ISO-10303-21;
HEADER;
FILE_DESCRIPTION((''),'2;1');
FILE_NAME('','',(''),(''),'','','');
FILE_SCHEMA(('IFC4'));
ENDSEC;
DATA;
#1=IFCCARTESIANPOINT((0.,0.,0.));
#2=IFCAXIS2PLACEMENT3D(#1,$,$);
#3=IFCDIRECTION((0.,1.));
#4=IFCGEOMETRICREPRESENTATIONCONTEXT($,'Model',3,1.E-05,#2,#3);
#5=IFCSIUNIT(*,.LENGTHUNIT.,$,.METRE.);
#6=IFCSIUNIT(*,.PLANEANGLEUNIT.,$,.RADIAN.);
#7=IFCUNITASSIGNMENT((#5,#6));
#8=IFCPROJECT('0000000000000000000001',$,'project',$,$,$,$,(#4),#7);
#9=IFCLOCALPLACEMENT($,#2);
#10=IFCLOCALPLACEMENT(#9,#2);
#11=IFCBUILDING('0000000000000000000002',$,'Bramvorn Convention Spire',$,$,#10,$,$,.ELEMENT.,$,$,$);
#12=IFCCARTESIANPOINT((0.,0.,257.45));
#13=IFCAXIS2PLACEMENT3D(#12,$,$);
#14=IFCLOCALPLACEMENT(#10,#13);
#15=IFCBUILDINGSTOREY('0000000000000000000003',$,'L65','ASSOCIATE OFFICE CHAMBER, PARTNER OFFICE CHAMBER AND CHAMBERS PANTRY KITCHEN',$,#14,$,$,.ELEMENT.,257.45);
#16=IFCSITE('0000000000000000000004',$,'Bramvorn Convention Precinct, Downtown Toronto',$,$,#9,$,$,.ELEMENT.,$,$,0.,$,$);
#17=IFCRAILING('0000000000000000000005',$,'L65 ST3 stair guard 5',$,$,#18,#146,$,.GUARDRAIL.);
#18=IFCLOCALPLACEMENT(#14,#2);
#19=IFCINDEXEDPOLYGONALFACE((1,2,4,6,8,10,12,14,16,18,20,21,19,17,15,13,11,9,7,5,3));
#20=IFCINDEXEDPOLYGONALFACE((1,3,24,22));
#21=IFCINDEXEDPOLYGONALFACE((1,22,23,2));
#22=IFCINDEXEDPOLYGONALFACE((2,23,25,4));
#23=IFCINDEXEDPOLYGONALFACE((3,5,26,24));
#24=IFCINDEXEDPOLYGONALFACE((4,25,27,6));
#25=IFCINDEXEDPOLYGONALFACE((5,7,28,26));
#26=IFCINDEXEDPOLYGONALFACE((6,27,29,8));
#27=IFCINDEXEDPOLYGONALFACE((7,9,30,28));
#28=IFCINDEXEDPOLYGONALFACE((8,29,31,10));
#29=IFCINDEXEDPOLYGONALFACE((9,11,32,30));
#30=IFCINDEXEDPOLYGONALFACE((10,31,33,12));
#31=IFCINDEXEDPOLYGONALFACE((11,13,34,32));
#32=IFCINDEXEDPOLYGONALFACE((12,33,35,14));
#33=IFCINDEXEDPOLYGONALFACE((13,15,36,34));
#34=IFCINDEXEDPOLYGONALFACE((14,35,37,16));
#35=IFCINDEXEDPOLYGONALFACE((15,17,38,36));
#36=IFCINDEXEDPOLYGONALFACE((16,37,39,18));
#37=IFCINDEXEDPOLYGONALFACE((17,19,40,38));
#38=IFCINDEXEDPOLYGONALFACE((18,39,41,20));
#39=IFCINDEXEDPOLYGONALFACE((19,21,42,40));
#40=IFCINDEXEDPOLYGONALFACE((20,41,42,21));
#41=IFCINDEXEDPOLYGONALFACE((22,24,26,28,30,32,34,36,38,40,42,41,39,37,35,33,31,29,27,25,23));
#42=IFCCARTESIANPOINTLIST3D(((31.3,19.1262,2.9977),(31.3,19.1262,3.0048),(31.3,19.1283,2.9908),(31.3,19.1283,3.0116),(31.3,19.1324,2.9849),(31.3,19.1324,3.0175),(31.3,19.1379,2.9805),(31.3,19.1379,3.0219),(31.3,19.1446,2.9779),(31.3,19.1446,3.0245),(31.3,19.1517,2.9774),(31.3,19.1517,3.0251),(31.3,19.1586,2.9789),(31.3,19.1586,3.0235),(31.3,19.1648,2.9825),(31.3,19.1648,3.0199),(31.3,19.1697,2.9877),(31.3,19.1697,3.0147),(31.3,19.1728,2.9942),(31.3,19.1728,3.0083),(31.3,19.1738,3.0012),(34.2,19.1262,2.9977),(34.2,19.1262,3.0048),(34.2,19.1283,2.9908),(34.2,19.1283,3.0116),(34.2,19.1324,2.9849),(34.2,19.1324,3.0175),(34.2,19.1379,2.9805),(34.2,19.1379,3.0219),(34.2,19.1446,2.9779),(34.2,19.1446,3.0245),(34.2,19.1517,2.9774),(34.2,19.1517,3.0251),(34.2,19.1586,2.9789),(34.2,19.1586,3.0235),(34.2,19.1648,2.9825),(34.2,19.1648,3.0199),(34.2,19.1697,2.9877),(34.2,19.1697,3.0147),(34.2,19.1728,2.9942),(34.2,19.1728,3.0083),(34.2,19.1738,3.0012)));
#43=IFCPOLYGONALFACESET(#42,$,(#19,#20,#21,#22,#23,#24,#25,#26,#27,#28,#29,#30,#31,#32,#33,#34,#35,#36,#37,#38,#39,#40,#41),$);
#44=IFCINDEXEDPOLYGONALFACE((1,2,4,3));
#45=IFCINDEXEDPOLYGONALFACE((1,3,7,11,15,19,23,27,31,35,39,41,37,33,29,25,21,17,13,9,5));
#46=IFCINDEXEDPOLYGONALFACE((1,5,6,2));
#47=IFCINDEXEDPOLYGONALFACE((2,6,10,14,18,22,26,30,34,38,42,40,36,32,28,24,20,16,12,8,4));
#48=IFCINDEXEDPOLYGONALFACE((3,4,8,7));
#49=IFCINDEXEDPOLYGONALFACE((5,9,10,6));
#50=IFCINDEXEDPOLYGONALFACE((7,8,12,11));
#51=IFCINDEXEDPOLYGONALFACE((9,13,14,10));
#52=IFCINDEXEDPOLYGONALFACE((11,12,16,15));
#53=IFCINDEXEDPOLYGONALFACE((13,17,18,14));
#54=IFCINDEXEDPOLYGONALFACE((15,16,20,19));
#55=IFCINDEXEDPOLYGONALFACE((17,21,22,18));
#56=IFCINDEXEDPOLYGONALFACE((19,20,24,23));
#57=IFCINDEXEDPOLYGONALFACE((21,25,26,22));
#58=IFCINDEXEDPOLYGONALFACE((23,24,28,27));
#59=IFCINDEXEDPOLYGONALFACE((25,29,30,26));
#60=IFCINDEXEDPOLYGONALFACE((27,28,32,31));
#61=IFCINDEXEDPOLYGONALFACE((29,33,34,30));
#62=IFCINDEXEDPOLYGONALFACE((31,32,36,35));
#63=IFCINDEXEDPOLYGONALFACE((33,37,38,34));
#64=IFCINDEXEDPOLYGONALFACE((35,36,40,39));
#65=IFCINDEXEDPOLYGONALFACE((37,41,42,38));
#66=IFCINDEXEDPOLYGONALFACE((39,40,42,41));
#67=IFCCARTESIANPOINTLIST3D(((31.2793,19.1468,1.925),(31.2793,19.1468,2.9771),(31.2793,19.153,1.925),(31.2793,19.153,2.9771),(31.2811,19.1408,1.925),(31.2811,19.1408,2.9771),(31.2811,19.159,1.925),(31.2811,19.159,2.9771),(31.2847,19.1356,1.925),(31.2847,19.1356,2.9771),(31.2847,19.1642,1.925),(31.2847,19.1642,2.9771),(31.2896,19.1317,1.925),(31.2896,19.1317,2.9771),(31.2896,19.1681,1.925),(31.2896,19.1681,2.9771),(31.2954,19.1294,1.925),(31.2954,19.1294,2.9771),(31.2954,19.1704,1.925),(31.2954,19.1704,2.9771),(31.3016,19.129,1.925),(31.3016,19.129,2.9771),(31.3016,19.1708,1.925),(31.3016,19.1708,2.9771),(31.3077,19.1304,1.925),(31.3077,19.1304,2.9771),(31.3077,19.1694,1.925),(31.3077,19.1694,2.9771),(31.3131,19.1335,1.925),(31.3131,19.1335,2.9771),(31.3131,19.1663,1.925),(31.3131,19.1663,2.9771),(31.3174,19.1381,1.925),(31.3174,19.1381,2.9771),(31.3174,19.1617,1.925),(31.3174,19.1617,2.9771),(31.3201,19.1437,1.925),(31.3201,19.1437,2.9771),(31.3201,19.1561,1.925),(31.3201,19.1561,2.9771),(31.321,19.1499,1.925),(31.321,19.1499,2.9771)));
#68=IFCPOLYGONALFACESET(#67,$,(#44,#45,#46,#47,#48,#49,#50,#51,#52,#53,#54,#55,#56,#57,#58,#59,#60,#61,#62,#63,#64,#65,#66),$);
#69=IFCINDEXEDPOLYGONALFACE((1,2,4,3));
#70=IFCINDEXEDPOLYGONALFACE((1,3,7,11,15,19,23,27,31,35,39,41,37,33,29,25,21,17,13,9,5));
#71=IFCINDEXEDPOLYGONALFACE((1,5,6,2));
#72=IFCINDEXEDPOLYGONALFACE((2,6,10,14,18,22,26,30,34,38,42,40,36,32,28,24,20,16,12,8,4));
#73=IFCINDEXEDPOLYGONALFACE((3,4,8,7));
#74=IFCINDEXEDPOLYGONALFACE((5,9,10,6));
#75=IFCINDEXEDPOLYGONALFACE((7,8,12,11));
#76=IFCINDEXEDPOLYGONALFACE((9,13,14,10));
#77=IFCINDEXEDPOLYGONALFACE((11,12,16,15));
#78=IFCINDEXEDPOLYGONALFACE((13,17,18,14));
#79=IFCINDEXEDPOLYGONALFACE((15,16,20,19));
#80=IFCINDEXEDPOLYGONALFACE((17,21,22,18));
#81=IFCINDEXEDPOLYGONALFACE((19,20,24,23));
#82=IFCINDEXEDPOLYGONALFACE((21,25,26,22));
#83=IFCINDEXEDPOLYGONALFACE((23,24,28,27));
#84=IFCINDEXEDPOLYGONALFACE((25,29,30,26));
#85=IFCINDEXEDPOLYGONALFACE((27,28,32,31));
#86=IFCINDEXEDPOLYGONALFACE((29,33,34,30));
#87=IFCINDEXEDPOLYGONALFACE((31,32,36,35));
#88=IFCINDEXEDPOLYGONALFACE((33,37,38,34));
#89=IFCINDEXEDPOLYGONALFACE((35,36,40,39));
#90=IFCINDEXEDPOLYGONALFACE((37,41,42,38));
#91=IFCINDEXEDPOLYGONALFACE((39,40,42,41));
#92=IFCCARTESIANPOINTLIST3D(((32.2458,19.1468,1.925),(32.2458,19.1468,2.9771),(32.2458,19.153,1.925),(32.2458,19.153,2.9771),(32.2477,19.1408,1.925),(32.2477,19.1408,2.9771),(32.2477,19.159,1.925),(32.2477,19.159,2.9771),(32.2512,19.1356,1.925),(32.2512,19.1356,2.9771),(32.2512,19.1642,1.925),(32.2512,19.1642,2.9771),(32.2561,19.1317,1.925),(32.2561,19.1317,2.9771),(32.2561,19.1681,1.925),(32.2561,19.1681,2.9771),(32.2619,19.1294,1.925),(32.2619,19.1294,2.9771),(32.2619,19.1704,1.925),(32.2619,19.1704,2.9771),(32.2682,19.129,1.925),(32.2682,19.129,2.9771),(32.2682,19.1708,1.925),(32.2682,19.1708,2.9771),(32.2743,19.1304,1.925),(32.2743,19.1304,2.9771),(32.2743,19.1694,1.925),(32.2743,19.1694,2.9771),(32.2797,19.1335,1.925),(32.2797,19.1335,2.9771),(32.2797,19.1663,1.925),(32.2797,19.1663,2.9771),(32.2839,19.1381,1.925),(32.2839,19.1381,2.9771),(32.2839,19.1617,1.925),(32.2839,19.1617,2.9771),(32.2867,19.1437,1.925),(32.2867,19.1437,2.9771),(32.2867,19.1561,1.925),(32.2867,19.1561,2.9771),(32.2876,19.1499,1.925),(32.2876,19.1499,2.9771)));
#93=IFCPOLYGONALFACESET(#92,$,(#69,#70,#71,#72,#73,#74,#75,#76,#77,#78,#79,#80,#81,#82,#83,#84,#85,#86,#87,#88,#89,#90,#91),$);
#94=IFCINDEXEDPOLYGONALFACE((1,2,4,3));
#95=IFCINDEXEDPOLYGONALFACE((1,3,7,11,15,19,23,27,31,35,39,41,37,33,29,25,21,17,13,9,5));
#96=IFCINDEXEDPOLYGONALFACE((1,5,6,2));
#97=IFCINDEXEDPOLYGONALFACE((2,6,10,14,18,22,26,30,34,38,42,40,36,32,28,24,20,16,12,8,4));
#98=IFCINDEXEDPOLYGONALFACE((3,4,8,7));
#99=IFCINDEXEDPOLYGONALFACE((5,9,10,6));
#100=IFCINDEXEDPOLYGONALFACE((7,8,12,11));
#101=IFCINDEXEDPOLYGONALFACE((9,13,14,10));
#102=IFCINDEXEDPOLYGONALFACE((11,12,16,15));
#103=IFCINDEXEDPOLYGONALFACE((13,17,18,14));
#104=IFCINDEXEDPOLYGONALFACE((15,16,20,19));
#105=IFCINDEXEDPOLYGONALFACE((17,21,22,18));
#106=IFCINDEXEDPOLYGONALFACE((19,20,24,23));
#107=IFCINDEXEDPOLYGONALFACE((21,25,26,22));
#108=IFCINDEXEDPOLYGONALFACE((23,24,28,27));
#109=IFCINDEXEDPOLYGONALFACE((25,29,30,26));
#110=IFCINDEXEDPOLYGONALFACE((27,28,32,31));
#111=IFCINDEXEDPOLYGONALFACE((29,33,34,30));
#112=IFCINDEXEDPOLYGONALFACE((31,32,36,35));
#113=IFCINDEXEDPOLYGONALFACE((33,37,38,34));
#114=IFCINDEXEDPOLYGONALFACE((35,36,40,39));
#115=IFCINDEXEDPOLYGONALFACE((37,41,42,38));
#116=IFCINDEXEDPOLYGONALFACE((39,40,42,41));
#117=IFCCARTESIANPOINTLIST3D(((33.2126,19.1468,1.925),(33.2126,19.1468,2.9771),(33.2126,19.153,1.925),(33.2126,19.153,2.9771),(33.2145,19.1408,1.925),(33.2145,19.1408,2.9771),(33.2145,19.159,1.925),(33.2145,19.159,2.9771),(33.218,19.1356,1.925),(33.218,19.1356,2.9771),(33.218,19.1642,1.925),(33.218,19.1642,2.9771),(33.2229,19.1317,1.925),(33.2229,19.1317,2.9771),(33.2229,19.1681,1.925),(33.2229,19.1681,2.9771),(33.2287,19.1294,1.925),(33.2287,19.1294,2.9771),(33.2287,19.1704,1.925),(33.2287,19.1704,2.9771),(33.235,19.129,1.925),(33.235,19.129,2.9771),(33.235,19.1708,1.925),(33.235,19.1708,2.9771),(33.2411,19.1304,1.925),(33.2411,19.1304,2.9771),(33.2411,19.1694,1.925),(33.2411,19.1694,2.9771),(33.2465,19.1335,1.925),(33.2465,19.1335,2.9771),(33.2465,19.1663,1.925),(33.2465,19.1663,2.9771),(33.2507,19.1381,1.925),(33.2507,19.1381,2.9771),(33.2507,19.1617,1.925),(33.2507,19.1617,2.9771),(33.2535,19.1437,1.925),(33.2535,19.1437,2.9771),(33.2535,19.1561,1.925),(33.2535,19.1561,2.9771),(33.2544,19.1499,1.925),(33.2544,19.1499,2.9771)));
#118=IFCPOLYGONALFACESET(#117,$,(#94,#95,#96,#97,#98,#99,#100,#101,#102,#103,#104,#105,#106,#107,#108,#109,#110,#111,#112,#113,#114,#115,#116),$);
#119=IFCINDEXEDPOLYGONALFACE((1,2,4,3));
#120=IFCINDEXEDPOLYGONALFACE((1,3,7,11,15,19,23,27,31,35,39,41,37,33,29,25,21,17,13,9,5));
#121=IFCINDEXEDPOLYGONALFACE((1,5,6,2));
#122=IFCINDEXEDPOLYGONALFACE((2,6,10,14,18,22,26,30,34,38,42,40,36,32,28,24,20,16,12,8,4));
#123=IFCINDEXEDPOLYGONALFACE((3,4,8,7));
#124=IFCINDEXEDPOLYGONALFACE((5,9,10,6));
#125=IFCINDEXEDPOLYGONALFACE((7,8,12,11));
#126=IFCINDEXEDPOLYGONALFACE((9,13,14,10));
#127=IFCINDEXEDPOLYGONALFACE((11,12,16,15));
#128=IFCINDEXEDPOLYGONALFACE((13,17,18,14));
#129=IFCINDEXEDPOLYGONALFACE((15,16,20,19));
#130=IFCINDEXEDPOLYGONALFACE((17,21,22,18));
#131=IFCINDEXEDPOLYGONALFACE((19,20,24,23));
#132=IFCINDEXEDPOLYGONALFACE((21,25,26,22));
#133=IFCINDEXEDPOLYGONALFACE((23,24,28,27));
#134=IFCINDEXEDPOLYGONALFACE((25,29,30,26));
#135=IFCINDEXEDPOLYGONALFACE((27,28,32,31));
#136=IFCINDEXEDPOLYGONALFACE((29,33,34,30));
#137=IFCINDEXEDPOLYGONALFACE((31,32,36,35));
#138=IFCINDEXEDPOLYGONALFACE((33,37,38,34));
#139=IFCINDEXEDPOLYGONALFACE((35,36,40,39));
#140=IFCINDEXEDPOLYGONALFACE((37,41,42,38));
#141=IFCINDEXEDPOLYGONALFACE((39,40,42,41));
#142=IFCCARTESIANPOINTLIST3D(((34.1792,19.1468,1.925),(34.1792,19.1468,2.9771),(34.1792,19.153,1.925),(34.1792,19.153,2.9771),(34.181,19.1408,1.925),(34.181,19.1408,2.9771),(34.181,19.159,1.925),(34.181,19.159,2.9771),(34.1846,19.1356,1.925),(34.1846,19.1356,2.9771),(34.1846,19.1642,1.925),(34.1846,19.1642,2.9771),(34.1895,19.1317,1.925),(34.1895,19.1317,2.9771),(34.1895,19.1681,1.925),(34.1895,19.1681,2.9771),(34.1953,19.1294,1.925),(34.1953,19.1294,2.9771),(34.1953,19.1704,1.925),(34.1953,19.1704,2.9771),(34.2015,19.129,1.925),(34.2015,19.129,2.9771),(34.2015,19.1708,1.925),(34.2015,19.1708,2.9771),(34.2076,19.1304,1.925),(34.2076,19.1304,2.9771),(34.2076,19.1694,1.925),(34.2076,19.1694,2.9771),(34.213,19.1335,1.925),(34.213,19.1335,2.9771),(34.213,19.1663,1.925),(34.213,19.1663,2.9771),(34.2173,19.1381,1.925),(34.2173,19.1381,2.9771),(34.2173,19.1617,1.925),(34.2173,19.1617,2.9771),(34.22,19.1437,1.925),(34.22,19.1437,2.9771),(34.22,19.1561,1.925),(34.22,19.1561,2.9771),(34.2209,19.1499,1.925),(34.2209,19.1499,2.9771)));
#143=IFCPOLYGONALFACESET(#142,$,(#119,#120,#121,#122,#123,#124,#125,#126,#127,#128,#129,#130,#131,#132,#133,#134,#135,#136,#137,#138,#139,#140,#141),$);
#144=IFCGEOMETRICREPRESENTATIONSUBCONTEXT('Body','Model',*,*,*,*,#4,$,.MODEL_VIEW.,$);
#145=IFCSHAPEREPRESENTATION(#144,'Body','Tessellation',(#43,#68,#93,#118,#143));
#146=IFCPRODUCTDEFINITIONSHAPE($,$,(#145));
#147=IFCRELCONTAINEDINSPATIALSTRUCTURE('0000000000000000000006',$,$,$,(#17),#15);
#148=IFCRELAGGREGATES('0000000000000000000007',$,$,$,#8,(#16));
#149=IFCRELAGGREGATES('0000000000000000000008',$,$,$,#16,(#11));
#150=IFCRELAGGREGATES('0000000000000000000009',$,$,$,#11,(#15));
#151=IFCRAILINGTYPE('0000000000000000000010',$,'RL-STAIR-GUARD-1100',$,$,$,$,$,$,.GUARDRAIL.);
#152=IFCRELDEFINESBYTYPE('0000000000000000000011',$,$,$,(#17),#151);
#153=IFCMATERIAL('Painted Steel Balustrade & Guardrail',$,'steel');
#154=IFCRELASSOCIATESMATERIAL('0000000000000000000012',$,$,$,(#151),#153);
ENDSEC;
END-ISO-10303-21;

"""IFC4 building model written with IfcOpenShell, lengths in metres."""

from ifc_helpers import new_model, si_unit, direction, frame, origin, origin_2d, place, context, subcontext, project, spatial, circle, extrude, material, type_object, element, save


model = new_model("IFC4")

# Units and contexts
model_context = context("Model", 3, precision=1e-05, world=origin(), true_north=direction((0.0, 1.0)))
body_context = subcontext(model_context, "Body", "Model", "MODEL_VIEW")
ifc_project = project(units=[si_unit("LENGTHUNIT", "METRE"), si_unit("PLANEANGLEUNIT", "RADIAN")], contexts=[model_context])

# Site, building, storey
site_placement = place(None, origin())
site = spatial("IfcSite", under=ifc_project, at=site_placement, Name="Bramvorn Convention Precinct, Downtown Toronto", CompositionType="ELEMENT", RefElevation=0.0)
building_placement = place(site_placement, origin())
building = spatial("IfcBuilding", under=site, at=building_placement, Name="Bramvorn Convention Spire", CompositionType="ELEMENT")
storey_placement = place(building_placement, frame((0.0, 0.0, 257.45)))
storey = spatial("IfcBuildingStorey", under=building, at=storey_placement, Name="L65", Description="ASSOCIATE OFFICE CHAMBER, PARTNER OFFICE CHAMBER AND CHAMBERS PANTRY KITCHEN", CompositionType="ELEMENT", Elevation=257.45)

# Railing
ifc_material_1 = material(Name="Painted Steel Balustrade & Guardrail", Category="steel")
railing_type_1 = type_object("IfcRailingType", Name="RL-STAIR-GUARD-1100", PredefinedType="GUARDRAIL", material=ifc_material_1)
railing_1_placement = place(storey_placement, frame((31.3, 19.1499, 1.925)))
element("IfcRailing", 1, at=railing_1_placement, inside=storey, type_object=railing_type_1, Name="L65 ST3 stair guard 5", PredefinedType="GUARDRAIL", context=body_context, shape_type="SweptSolid", body=[
    extrude(circle(Radius=0.0239, at=origin_2d()), frame((0.0, 0.0, 1.0762), z_axis=(1.0, 0.0, 0.0), x_axis=(0.0, 1.0, 0.0)), (0.0, 0.0, 1.0), 2.8999),
    extrude(circle(Radius=0.021, at=origin_2d()), origin(), (0.0, 0.0, 1.0), 1.052),
    extrude(circle(Radius=0.021, at=origin_2d()), frame((0.9666, 0.0, 0.0)), (0.0, 0.0, 1.0), 1.052),
    extrude(circle(Radius=0.021, at=origin_2d()), frame((1.9333, 0.0, 0.0)), (0.0, 0.0, 1.0), 1.052),
    extrude(circle(Radius=0.021, at=origin_2d()), frame((2.8999, 0.0, 0.0)), (0.0, 0.0, 1.0), 1.052),
])

save(model, "model.ifc")
